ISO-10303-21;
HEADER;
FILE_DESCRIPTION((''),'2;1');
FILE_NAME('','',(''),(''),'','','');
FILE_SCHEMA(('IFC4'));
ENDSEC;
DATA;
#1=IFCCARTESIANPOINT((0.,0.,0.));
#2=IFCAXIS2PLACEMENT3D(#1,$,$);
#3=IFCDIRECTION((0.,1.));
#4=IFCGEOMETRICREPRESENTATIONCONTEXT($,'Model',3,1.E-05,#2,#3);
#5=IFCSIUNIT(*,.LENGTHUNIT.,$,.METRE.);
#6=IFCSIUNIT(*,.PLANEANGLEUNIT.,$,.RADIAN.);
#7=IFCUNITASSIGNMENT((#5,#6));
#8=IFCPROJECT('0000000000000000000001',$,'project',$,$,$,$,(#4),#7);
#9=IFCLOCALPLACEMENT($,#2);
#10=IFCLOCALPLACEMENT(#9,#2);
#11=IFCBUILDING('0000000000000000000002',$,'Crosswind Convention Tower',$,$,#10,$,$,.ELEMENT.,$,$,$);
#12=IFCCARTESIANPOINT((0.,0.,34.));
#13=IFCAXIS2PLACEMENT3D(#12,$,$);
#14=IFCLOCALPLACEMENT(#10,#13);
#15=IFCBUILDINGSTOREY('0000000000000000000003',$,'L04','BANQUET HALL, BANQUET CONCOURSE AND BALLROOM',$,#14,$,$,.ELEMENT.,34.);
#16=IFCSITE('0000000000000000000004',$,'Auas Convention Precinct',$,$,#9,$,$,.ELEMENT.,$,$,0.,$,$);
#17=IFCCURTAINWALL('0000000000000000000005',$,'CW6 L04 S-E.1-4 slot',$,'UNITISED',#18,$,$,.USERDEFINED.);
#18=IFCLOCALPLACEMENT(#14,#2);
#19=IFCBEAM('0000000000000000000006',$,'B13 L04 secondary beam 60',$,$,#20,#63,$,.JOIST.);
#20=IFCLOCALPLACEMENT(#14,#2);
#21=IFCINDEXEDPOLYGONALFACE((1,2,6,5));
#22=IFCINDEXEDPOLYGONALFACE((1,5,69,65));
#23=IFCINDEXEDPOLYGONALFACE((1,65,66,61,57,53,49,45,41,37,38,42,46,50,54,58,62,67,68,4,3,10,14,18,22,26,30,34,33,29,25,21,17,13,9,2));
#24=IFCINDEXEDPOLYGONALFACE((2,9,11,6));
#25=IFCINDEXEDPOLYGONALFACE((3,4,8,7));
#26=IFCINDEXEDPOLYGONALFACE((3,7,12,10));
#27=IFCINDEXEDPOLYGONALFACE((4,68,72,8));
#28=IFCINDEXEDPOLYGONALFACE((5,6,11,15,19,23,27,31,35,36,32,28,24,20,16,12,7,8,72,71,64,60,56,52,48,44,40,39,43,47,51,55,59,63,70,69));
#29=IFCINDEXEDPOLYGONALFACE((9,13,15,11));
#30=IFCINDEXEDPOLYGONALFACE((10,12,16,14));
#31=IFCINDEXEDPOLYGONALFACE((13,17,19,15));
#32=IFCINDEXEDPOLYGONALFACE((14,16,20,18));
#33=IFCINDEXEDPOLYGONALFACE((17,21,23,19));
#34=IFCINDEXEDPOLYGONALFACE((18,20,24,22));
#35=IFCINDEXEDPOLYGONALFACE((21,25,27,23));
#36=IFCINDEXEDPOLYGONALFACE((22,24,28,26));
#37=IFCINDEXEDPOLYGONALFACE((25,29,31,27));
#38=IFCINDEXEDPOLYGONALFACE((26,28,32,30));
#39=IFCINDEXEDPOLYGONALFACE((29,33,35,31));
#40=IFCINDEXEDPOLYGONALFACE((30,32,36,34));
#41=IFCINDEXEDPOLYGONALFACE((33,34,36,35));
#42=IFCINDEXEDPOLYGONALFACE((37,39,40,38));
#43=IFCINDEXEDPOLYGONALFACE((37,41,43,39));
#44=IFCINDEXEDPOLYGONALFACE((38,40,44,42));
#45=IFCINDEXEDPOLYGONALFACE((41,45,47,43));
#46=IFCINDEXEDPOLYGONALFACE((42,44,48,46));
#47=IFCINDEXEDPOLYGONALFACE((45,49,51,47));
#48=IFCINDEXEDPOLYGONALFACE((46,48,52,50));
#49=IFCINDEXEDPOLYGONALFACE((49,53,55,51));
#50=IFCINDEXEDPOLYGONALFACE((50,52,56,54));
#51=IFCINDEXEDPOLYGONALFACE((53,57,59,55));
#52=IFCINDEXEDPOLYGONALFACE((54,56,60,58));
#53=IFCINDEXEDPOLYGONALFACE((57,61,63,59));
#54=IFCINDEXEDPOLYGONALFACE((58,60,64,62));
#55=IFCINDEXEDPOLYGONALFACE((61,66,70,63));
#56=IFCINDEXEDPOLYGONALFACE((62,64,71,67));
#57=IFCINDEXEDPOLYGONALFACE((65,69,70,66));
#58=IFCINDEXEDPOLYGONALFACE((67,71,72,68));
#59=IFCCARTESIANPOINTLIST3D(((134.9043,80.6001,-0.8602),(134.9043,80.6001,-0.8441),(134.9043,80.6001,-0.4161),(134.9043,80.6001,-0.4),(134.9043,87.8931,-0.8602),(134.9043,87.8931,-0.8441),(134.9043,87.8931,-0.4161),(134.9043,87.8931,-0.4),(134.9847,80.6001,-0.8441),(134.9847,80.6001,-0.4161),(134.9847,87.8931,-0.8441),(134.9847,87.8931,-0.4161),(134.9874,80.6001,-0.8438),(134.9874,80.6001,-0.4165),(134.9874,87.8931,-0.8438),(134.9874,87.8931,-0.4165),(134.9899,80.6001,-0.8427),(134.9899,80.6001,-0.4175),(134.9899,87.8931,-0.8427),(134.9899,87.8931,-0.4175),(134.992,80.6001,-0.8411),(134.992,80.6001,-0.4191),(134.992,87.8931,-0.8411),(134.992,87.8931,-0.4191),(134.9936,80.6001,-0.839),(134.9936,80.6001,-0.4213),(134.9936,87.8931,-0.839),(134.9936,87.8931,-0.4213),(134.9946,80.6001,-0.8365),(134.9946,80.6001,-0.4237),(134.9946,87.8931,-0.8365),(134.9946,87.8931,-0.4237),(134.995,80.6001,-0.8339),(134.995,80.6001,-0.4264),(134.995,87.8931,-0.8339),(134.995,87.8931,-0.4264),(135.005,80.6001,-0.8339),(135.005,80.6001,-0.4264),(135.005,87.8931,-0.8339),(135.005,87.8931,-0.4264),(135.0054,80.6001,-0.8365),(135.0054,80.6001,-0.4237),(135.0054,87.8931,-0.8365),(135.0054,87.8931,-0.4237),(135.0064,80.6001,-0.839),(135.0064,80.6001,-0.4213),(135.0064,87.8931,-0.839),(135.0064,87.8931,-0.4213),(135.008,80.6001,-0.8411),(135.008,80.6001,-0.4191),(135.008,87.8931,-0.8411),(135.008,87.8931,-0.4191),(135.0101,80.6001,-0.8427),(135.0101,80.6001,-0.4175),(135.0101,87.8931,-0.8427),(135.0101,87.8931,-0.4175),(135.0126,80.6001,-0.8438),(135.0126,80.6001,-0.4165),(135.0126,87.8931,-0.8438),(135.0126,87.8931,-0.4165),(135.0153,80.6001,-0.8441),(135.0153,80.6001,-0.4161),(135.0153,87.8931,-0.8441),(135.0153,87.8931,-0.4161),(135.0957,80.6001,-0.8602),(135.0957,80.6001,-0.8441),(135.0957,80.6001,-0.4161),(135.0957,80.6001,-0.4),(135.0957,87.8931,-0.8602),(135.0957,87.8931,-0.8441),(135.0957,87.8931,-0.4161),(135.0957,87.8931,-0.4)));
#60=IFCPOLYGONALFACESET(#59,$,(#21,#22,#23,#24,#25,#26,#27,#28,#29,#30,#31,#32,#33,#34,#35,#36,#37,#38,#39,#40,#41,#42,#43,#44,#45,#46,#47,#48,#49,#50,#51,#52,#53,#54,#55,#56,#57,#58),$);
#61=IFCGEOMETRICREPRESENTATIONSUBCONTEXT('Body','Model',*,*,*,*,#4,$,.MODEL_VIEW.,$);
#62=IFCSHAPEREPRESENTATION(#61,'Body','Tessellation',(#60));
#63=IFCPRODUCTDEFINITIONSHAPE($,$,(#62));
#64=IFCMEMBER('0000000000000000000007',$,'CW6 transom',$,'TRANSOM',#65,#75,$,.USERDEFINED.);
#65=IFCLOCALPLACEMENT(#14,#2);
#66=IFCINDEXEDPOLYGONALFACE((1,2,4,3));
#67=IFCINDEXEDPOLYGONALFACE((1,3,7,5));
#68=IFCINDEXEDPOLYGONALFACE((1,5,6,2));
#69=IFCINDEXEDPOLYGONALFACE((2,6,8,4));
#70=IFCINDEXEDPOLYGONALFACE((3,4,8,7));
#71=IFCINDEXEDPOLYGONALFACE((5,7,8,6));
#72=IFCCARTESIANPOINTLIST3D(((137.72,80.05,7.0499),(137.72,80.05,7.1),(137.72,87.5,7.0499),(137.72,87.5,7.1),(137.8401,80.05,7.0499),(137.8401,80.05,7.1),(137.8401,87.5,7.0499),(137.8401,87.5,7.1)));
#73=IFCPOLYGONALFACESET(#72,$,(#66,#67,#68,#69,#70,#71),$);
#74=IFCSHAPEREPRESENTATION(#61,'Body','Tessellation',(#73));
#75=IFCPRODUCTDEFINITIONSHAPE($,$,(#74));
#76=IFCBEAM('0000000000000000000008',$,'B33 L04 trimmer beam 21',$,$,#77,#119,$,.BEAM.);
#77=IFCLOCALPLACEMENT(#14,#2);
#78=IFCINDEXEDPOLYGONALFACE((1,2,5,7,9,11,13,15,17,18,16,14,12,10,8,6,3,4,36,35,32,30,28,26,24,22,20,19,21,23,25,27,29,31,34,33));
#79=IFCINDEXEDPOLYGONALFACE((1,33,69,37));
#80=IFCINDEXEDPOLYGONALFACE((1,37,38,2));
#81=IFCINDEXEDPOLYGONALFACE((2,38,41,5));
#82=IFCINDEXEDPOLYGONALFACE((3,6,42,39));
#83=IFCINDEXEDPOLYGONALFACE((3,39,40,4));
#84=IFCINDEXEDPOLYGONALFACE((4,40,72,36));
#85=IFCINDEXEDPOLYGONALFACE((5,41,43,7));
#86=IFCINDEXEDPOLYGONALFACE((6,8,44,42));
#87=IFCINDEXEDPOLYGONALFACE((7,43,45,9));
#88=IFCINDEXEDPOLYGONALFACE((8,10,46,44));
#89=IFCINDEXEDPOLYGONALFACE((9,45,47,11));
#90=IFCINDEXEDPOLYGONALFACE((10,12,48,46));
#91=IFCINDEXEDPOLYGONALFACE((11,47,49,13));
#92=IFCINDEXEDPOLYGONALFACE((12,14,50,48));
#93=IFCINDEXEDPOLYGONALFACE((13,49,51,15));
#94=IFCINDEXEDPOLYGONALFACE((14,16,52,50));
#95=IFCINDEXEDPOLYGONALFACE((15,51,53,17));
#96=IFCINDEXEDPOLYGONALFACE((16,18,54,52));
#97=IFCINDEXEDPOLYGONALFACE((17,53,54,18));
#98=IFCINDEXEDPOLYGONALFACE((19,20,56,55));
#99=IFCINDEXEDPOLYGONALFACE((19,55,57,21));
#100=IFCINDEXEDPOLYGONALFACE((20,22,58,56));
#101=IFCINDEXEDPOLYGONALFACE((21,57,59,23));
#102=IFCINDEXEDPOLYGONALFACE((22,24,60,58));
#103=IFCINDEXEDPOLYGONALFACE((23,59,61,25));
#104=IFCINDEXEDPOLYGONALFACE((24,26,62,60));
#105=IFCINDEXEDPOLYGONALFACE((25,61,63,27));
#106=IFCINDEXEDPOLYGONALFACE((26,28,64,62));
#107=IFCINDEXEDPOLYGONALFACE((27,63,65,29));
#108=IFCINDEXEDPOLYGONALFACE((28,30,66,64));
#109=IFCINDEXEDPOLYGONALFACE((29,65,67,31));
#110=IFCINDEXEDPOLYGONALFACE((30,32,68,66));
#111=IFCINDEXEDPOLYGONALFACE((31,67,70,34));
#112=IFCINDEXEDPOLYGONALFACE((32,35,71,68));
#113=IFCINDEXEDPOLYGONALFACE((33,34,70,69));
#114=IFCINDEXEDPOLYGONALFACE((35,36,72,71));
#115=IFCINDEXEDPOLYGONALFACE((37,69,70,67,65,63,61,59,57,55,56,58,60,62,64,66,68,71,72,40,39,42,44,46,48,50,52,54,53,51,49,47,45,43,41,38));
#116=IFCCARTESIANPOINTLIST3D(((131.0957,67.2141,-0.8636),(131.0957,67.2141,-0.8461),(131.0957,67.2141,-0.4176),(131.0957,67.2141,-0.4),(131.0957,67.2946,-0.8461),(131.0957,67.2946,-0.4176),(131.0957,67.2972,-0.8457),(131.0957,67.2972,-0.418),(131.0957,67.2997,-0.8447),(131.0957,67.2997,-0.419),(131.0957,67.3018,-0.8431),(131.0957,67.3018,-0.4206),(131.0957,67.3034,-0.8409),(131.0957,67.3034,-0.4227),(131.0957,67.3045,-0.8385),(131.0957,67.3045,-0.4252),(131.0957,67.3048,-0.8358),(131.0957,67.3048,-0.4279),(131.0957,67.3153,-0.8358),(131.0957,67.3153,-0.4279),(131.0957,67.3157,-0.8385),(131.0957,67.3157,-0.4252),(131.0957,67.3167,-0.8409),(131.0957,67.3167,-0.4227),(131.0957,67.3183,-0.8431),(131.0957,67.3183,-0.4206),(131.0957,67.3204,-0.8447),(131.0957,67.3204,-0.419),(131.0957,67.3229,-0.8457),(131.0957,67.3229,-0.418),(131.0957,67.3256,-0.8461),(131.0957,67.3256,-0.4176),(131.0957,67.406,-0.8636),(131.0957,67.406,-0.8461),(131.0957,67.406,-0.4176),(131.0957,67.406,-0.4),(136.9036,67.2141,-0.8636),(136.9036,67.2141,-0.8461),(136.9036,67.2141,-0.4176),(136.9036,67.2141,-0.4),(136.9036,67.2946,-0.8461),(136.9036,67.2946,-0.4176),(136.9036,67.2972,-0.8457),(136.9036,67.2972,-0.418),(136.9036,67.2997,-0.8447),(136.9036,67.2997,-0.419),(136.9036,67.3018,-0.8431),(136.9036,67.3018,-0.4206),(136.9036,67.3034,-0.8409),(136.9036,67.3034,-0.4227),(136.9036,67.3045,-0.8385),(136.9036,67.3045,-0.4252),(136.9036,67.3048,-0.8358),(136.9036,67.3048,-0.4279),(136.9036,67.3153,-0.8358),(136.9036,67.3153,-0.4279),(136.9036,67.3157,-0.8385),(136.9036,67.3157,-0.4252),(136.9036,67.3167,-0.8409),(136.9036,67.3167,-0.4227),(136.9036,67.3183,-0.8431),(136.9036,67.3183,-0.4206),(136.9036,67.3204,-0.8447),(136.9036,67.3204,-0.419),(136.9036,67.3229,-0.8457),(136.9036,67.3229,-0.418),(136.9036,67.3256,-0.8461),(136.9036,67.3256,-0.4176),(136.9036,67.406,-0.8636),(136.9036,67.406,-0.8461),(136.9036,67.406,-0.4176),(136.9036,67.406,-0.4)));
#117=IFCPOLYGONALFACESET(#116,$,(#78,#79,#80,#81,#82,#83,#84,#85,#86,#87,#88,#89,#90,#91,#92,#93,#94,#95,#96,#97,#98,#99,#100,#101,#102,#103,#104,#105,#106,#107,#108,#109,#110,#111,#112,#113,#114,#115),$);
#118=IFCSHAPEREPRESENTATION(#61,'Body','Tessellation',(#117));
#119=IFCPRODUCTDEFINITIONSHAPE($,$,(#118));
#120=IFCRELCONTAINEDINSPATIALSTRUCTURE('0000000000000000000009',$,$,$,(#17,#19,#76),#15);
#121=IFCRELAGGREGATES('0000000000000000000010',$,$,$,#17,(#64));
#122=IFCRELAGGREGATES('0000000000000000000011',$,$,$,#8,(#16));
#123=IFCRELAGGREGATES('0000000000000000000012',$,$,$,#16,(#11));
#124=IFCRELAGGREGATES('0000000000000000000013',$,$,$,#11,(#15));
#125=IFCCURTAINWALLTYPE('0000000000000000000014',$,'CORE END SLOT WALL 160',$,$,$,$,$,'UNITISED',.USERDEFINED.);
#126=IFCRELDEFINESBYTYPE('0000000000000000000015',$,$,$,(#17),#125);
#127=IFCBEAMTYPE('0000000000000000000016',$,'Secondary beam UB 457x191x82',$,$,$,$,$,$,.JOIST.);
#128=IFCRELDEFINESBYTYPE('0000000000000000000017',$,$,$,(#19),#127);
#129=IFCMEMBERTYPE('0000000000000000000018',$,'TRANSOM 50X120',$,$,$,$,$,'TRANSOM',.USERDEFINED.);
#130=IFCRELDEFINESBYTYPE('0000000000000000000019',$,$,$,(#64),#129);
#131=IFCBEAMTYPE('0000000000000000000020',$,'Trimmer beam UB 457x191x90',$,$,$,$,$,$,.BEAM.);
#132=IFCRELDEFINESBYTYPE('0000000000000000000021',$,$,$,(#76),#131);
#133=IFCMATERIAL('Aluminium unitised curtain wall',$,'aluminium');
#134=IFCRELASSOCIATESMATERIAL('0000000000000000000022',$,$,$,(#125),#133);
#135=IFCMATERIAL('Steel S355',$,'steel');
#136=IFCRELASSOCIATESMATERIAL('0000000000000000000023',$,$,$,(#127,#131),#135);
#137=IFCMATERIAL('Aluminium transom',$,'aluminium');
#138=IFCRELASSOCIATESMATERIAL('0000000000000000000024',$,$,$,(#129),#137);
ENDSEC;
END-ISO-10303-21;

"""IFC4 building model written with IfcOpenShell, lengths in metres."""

from ifc_helpers import new_model, si_unit, direction, frame, origin, origin_2d, place, context, subcontext, project, spatial, rectangle, i_section, extrude, material, material_profile, profile_set, type_object, element, aggregate, save


model = new_model("IFC4")

# Units and contexts
model_context = context("Model", 3, precision=1e-05, world=origin(), true_north=direction((0.0, 1.0)))
body_context = subcontext(model_context, "Body", "Model", "MODEL_VIEW")
ifc_project = project(units=[si_unit("LENGTHUNIT", "METRE"), si_unit("PLANEANGLEUNIT", "RADIAN")], contexts=[model_context])

# Site, building, storey
site_placement = place(None, origin())
site = spatial("IfcSite", under=ifc_project, at=site_placement, Name="Auas Convention Precinct", CompositionType="ELEMENT", RefElevation=0.0)
building_placement = place(site_placement, origin())
building = spatial("IfcBuilding", under=site, at=building_placement, Name="Crosswind Convention Tower", CompositionType="ELEMENT")
storey_placement = place(building_placement, frame((0.0, 0.0, 34.0)))
storey = spatial("IfcBuildingStorey", under=building, at=storey_placement, Name="L04", Description="BANQUET HALL, BANQUET CONCOURSE AND BALLROOM", CompositionType="ELEMENT", Elevation=34.0)

# Shared definitions
ifc_material_1 = material(Name="Steel S355", Category="steel")

# Curtain wall
ifc_material_2 = material(Name="Aluminium unitised curtain wall", Category="aluminium")
curtain_wall_type = type_object("IfcCurtainWallType", Name="CORE END SLOT WALL 160", ElementType="UNITISED", PredefinedType="USERDEFINED", material=ifc_material_2)
curtain_wall_placement = place(storey_placement, origin())
curtain_wall = element("IfcCurtainWall", 1, at=curtain_wall_placement, inside=storey, type_object=curtain_wall_type, Name="CW6 L04 S-E.1-4 slot", ObjectType="UNITISED", PredefinedType="USERDEFINED")

# Beam
ifc_material_profile_1 = material_profile(ifc_material_1, i_section(OverallWidth=0.1914, OverallDepth=0.4602, WebThickness=0.01, FlangeThickness=0.0161, FilletRadius=0.0103, at=origin_2d()), Name="UB 457x191x82")
ifc_profile_set_1 = profile_set([ifc_material_profile_1], Name="Steel S355")
beam_type_1 = type_object("IfcBeamType", Name="Secondary beam UB 457x191x82", PredefinedType="JOIST", material=ifc_profile_set_1)
beam_1_placement = place(storey_placement, frame((135.0, 80.6001, -0.6301), z_axis=(0.0, 1.0, 0.0), x_axis=(-1.0, 0.0, 0.0)))
element("IfcBeam", 2, at=beam_1_placement, inside=storey, type_object=beam_type_1, Name="B13 L04 secondary beam 60", PredefinedType="JOIST", context=body_context, shape_type="SweptSolid", body=[
    extrude(i_section(OverallWidth=0.1914, OverallDepth=0.4602, WebThickness=0.01, FlangeThickness=0.0161, FilletRadius=0.0103, at=origin_2d()), origin(), (0.0, 0.0, 1.0), 7.293),
])

# Member
ifc_material_3 = material(Name="Aluminium transom", Category="aluminium")
ifc_material_profile_2 = material_profile(ifc_material_3, rectangle(XDim=0.1201, YDim=0.05, at=origin_2d()), Name="AL 120X50")
ifc_profile_set_2 = profile_set([ifc_material_profile_2], Name="Aluminium transom")
member_type_1 = type_object("IfcMemberType", Name="TRANSOM 50X120", ElementType="TRANSOM", PredefinedType="USERDEFINED", material=ifc_profile_set_2)
member_1_placement = place(storey_placement, frame((137.78, 80.05, 7.075), z_axis=(0.0, 1.0, 0.0), x_axis=(-1.0, 0.0, 0.0)))
member_1 = element("IfcMember", 3, at=member_1_placement, type_object=member_type_1, Name="CW6 transom", ObjectType="TRANSOM", PredefinedType="USERDEFINED", context=body_context, shape_type="SweptSolid", body=[
    extrude(rectangle(XDim=0.1201, YDim=0.05, at=origin_2d()), origin(), (0.0, 0.0, 1.0), 7.45),
])
aggregate(curtain_wall, [member_1])

# Beam
ifc_material_profile_3 = material_profile(ifc_material_1, i_section(OverallWidth=0.1919, OverallDepth=0.4636, WebThickness=0.0105, FlangeThickness=0.0176, FilletRadius=0.0103, at=origin_2d()), Name="UB 457x191x90")
ifc_profile_set_3 = profile_set([ifc_material_profile_3], Name="Steel S355")
beam_type_2 = type_object("IfcBeamType", Name="Trimmer beam UB 457x191x90", PredefinedType="BEAM", material=ifc_profile_set_3)
beam_2_placement = place(storey_placement, frame((131.0957, 67.3101, -0.6318), z_axis=(1.0, 0.0, 0.0), x_axis=(0.0, 1.0, 0.0)))
element("IfcBeam", 4, at=beam_2_placement, inside=storey, type_object=beam_type_2, Name="B33 L04 trimmer beam 21", PredefinedType="BEAM", context=body_context, shape_type="SweptSolid", body=[
    extrude(i_section(OverallWidth=0.1919, OverallDepth=0.4636, WebThickness=0.0105, FlangeThickness=0.0176, FilletRadius=0.0103, at=origin_2d()), origin(), (0.0, 0.0, 1.0), 5.8079),
])

save(model, "model.ifc")
